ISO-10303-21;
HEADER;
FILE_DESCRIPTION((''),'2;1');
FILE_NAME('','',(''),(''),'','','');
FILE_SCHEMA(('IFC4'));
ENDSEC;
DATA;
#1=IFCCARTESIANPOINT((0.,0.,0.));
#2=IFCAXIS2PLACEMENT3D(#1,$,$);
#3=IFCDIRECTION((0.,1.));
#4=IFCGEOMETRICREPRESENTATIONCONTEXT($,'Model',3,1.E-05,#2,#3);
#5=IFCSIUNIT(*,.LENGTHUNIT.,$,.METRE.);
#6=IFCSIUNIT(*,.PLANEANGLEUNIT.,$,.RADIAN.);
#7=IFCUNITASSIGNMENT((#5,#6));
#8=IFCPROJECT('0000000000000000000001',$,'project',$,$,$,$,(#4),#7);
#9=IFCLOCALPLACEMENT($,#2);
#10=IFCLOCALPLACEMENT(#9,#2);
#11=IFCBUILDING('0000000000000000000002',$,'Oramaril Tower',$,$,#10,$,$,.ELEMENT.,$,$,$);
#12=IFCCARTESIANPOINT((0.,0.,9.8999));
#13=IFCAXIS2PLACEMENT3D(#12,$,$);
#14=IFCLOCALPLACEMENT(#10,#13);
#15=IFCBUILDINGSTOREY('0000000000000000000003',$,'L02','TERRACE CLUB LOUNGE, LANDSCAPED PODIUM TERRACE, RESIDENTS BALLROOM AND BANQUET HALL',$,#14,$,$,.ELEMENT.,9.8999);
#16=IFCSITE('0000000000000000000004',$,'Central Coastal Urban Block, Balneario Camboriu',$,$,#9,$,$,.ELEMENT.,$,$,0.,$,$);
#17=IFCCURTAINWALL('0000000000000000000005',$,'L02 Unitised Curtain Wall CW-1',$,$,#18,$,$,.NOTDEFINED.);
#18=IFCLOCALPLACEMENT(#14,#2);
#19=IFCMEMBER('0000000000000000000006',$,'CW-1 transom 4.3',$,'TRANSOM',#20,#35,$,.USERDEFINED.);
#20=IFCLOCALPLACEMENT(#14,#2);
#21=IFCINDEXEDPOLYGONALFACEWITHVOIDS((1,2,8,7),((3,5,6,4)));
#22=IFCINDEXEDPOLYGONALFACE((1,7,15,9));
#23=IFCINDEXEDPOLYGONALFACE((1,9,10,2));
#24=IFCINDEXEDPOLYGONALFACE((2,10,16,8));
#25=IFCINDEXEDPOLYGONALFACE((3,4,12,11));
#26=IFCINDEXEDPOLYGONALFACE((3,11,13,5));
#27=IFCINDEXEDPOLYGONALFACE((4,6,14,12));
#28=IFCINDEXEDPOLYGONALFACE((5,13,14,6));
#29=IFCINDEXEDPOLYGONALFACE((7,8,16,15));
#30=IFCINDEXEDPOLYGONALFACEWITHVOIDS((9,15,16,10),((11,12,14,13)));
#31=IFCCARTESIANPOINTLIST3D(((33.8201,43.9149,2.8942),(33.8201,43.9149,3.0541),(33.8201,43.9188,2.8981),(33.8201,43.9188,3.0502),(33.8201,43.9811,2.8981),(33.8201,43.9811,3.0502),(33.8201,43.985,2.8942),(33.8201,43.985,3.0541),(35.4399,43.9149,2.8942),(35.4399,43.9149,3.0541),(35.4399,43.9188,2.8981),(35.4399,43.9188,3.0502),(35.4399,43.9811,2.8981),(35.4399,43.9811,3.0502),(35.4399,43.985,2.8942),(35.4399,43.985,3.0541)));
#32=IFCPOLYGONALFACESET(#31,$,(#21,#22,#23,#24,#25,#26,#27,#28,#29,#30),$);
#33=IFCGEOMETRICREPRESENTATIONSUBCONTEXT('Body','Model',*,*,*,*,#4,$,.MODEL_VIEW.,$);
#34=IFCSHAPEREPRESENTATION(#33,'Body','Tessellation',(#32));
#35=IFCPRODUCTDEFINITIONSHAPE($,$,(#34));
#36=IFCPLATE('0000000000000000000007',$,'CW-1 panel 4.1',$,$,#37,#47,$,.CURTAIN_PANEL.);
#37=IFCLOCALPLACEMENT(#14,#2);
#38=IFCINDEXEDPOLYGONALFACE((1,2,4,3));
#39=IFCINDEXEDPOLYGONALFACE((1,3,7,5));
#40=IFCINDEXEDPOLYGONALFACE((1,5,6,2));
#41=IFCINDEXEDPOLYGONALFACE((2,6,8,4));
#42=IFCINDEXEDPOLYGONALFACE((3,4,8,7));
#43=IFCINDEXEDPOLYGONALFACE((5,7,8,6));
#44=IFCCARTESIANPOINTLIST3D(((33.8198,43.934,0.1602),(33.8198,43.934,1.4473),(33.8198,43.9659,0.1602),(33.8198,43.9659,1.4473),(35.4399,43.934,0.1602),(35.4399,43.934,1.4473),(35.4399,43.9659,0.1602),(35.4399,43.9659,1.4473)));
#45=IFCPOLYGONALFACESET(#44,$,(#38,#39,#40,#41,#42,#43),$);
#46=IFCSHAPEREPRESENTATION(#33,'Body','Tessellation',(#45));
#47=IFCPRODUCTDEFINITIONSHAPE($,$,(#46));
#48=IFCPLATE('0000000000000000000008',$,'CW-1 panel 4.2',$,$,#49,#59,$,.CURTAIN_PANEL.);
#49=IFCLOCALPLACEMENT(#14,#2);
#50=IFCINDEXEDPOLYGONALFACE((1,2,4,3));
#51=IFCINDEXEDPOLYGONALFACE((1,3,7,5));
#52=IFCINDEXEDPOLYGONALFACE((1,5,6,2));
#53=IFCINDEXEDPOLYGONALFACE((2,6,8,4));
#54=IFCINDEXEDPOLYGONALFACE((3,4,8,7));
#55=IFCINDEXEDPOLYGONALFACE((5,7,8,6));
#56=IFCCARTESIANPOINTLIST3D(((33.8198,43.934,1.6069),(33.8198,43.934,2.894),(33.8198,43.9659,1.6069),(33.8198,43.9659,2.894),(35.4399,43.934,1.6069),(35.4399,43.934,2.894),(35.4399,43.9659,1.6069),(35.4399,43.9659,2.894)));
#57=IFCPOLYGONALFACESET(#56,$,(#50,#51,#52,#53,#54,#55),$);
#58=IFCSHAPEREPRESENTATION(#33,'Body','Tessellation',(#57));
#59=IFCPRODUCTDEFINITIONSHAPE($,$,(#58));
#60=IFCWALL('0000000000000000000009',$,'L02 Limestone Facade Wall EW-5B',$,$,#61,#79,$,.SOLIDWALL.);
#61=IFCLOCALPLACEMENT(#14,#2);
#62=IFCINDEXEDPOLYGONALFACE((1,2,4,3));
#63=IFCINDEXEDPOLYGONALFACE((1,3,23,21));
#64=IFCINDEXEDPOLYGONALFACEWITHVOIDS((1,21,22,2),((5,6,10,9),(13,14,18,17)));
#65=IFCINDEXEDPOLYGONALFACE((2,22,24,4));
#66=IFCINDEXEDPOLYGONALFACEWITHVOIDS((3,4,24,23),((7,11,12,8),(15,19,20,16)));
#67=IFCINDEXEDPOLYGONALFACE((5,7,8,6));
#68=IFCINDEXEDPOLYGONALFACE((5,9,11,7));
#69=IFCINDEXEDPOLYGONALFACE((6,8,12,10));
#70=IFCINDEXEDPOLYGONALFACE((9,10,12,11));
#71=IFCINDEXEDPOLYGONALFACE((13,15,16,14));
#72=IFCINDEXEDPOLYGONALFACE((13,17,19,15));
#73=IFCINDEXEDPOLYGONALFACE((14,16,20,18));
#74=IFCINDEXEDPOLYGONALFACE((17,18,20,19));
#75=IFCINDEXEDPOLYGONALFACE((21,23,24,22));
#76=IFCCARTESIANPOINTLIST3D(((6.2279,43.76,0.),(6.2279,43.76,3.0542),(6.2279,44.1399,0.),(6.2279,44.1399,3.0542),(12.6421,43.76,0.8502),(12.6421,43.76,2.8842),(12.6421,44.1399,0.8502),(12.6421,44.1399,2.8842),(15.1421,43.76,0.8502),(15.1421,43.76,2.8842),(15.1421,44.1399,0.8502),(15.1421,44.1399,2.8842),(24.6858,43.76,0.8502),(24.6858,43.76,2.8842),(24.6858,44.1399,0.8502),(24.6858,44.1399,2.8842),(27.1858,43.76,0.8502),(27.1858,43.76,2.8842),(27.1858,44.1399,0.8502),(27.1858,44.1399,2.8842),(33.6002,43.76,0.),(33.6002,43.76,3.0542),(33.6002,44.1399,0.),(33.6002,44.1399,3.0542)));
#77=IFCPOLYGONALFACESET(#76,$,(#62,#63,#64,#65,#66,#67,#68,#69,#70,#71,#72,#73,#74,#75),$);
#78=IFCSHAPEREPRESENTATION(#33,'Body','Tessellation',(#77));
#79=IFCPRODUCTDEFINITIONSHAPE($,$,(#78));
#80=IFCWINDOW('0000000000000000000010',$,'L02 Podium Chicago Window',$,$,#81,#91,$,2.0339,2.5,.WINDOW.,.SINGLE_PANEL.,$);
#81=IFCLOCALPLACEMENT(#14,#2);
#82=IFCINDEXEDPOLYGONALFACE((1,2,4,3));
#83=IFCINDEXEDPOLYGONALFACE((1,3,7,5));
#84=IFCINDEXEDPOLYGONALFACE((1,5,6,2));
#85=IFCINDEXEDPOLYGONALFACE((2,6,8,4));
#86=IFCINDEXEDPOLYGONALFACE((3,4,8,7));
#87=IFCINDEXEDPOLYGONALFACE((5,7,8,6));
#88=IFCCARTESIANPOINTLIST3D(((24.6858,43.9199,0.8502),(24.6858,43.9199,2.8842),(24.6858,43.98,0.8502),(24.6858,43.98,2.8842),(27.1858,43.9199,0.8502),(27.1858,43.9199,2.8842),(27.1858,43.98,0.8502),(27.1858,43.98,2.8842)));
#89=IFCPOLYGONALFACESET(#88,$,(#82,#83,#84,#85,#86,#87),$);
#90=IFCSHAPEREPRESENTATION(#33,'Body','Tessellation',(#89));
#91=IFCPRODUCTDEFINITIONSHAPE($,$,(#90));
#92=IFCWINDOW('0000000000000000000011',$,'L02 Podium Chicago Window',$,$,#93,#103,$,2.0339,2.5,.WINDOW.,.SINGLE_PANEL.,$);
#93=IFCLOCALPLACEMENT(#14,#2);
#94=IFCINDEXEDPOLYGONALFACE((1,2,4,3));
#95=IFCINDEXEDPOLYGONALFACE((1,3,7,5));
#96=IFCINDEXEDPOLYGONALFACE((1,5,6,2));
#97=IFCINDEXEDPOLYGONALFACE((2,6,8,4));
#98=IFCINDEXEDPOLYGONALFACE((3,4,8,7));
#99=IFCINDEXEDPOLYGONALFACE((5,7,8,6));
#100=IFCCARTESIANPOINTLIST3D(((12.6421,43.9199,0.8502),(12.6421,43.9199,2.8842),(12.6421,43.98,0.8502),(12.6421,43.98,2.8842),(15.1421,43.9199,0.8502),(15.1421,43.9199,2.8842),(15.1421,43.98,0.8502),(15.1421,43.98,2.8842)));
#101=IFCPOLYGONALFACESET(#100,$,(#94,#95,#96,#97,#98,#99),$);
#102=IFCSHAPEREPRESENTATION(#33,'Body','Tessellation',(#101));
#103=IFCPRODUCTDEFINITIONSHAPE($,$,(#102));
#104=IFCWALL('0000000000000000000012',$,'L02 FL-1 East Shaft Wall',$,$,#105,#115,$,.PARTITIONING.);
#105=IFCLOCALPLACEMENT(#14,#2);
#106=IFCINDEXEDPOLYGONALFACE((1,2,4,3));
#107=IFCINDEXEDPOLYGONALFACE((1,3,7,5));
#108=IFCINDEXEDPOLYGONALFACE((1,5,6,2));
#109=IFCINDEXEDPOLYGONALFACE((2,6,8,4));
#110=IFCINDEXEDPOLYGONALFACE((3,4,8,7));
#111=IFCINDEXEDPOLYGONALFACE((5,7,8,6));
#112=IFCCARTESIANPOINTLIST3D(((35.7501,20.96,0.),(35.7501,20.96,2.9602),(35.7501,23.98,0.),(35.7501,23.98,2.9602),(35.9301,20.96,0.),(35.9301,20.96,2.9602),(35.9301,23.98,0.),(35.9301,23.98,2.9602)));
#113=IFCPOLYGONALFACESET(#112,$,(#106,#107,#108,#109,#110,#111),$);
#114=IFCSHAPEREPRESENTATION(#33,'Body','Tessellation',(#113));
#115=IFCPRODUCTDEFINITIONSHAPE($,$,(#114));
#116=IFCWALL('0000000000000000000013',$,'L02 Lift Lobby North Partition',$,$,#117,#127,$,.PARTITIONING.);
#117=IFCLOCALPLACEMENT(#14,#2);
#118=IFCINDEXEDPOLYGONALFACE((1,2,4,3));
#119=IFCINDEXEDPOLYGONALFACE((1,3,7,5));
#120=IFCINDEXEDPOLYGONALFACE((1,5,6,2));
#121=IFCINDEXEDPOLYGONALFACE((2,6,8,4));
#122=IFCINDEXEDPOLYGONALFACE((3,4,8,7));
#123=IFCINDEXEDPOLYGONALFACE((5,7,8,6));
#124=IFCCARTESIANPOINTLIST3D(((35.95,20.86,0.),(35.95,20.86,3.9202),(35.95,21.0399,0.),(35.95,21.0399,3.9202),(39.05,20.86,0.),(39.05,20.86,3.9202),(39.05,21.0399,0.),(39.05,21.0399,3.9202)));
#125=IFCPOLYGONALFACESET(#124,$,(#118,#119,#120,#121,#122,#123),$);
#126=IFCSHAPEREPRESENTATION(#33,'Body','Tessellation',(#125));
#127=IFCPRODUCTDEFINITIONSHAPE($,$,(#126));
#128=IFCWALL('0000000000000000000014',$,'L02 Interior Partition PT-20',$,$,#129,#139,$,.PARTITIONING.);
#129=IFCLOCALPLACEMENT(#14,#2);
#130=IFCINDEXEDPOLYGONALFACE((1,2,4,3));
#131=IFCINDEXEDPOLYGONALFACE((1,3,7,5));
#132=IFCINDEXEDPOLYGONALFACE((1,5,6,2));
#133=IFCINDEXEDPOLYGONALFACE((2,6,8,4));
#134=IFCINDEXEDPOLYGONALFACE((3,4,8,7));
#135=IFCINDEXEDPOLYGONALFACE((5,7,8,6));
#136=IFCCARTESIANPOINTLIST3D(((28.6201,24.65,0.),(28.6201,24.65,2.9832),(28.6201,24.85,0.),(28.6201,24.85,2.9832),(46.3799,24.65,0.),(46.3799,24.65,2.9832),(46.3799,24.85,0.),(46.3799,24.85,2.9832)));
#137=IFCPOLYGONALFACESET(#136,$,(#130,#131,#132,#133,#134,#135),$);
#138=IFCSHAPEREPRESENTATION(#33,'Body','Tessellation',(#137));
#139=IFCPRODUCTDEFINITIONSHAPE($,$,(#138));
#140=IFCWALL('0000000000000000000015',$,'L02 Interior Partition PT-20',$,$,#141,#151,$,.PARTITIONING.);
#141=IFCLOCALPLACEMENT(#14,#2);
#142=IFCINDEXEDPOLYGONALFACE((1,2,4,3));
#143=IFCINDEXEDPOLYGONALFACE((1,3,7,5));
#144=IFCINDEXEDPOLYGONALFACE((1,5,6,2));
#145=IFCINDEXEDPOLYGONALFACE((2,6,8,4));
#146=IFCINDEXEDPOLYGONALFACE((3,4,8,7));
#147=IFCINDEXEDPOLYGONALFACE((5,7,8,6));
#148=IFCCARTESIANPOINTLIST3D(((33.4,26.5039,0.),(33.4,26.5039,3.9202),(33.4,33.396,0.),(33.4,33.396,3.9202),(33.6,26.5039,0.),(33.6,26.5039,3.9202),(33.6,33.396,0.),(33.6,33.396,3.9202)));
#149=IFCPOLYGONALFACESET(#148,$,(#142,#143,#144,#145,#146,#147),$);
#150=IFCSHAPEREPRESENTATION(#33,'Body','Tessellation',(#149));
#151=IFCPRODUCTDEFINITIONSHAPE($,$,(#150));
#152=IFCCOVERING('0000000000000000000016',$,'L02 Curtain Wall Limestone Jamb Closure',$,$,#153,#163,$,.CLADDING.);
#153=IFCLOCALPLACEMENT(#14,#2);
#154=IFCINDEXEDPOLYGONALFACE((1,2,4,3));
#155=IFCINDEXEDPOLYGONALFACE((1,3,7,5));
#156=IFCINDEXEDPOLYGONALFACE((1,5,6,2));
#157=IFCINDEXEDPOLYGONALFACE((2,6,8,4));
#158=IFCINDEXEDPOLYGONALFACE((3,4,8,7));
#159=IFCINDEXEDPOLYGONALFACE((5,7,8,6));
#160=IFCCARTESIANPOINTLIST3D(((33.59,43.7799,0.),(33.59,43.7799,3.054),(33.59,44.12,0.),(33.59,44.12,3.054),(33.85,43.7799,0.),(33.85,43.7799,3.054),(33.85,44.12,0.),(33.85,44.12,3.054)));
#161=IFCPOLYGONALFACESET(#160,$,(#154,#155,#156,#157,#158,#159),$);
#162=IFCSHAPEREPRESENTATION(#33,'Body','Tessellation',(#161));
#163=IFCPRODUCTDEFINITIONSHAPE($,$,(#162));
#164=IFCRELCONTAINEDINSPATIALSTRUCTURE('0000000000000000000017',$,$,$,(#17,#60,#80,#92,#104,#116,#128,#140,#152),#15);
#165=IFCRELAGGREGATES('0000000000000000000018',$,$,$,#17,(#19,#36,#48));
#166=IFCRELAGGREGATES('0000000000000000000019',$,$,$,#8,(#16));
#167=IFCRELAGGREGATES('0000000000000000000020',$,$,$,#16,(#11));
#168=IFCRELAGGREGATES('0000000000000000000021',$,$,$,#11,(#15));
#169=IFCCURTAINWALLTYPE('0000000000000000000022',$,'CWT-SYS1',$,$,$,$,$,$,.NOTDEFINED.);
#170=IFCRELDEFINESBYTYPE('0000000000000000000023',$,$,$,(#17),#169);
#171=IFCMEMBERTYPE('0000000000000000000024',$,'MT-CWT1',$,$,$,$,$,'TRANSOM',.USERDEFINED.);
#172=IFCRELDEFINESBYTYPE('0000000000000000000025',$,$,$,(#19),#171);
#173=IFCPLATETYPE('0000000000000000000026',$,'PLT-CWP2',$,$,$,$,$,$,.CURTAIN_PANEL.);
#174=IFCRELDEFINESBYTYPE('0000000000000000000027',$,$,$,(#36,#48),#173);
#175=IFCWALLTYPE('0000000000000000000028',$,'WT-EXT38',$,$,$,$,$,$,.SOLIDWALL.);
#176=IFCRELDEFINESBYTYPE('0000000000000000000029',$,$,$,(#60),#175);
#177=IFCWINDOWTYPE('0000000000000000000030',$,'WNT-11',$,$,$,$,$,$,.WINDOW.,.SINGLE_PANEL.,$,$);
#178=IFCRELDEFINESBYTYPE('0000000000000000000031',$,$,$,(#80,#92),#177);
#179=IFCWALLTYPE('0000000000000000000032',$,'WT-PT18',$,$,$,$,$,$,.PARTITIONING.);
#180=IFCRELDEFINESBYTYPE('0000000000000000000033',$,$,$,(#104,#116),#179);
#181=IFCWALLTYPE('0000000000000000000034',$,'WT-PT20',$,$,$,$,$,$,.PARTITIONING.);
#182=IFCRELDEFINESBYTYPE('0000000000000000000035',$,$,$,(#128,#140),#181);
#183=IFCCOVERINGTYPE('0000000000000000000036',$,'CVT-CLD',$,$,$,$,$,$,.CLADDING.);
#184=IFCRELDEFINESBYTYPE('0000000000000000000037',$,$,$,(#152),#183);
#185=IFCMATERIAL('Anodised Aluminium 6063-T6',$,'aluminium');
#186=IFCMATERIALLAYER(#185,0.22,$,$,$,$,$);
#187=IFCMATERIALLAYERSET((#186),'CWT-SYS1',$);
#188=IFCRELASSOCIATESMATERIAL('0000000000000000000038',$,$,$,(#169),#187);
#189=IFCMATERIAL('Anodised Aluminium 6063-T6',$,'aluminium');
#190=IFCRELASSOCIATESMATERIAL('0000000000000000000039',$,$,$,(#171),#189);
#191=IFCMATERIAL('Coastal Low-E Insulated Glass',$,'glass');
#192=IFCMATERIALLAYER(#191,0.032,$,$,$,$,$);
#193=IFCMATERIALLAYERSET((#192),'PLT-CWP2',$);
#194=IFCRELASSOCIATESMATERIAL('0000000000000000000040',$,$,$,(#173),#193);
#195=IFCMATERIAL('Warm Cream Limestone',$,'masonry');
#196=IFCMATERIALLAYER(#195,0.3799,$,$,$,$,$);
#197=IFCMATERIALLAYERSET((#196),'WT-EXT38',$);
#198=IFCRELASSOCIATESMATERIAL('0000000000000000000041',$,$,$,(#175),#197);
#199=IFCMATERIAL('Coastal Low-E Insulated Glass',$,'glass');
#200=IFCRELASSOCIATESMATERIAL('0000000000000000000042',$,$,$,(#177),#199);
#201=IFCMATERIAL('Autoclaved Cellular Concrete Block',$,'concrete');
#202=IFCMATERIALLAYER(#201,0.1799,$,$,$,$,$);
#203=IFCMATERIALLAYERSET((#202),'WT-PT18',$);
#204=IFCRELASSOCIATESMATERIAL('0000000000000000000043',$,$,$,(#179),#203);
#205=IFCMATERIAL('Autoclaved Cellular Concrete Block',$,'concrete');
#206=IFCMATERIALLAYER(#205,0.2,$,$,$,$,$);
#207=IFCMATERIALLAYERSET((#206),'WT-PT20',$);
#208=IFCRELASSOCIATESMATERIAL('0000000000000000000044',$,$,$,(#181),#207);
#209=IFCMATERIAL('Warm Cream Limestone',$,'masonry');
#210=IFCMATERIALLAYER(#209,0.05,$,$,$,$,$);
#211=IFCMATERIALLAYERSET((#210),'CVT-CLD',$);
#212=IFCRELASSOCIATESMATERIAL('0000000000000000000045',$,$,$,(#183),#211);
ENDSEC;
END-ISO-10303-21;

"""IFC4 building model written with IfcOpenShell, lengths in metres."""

from ifc_helpers import new_model, si_unit, direction, frame, frame_2d, origin, origin_2d, place, context, subcontext, project, spatial, rectangle, hollow_rectangle, extrude, material, layer, layer_set, material_profile, profile_set, type_object, element, fill, aggregate, save


model = new_model("IFC4")

# Units and contexts
model_context = context("Model", 3, precision=1e-05, world=origin(), true_north=direction((0.0, 1.0)))
body_context = subcontext(model_context, "Body", "Model", "MODEL_VIEW")
ifc_project = project(units=[si_unit("LENGTHUNIT", "METRE"), si_unit("PLANEANGLEUNIT", "RADIAN")], contexts=[model_context])

# Site, building, storey
site_placement = place(None, origin())
site = spatial("IfcSite", under=ifc_project, at=site_placement, Name="Central Coastal Urban Block, Balneario Camboriu", CompositionType="ELEMENT", RefElevation=0.0)
building_placement = place(site_placement, origin())
building = spatial("IfcBuilding", under=site, at=building_placement, Name="Oramaril Tower", CompositionType="ELEMENT")
storey_placement = place(building_placement, frame((0.0, 0.0, 9.8999)))
storey = spatial("IfcBuildingStorey", under=building, at=storey_placement, Name="L02", Description="TERRACE CLUB LOUNGE, LANDSCAPED PODIUM TERRACE, RESIDENTS BALLROOM AND BANQUET HALL", CompositionType="ELEMENT", Elevation=9.8999)

# Curtain wall, member, plates
ifc_material_1 = material(Name="Anodised Aluminium 6063-T6", Category="aluminium")
ifc_layer_1 = layer(ifc_material_1, 0.22)
ifc_layer_set_1 = layer_set([ifc_layer_1], Name="CWT-SYS1")
curtain_wall_type = type_object("IfcCurtainWallType", Name="CWT-SYS1", PredefinedType="NOTDEFINED", material=ifc_layer_set_1)
curtain_wall_placement = place(storey_placement, origin())
curtain_wall = element("IfcCurtainWall", 1, at=curtain_wall_placement, inside=storey, type_object=curtain_wall_type, Name="L02 Unitised Curtain Wall CW-1", PredefinedType="NOTDEFINED")
ifc_material_2 = material(Name="Anodised Aluminium 6063-T6", Category="aluminium")
ifc_material_profile_1 = material_profile(ifc_material_2, hollow_rectangle(XDim=0.0701, YDim=0.1599, WallThickness=0.0039, at=origin_2d()), Name="CWT160X70")
ifc_profile_set_1 = profile_set([ifc_material_profile_1], Name="Anodised Aluminium 6063-T6")
member_type_1 = type_object("IfcMemberType", Name="MT-CWT1", ElementType="TRANSOM", PredefinedType="USERDEFINED", material=ifc_profile_set_1)
member_1_placement = place(storey_placement, frame((35.4399, 43.95, 2.9741), z_axis=(-1.0, 0.0, 0.0), x_axis=(0.0, -1.0, 0.0)))
member_1 = element("IfcMember", 2, at=member_1_placement, type_object=member_type_1, Name="CW-1 transom 4.3", ObjectType="TRANSOM", PredefinedType="USERDEFINED", context=body_context, shape_type="SweptSolid", body=[
    extrude(hollow_rectangle(XDim=0.0701, YDim=0.1599, WallThickness=0.0039, at=origin_2d()), origin(), (0.0, 0.0, 1.0), 1.6199),
])
ifc_material_3 = material(Name="Coastal Low-E Insulated Glass", Category="glass")
ifc_layer_2 = layer(ifc_material_3, 0.032)
ifc_layer_set_2 = layer_set([ifc_layer_2], Name="PLT-CWP2")
plate_type = type_object("IfcPlateType", Name="PLT-CWP2", PredefinedType="CURTAIN_PANEL", material=ifc_layer_set_2)
plate_1_placement = place(storey_placement, frame((34.6299, 43.95, 0.1602), z_axis=(0.0, 0.0, 1.0), x_axis=(-1.0, 0.0, 0.0)))
plate_1 = element("IfcPlate", 3, at=plate_1_placement, type_object=plate_type, Name="CW-1 panel 4.1", PredefinedType="CURTAIN_PANEL", context=body_context, shape_type="SweptSolid", body=[
    extrude(rectangle(XDim=1.6201, YDim=0.032, at=origin_2d()), origin(), (0.0, 0.0, 1.0), 1.2871),
])
plate_2_placement = place(storey_placement, frame((34.6299, 43.95, 1.6069), z_axis=(0.0, 0.0, 1.0), x_axis=(-1.0, 0.0, 0.0)))
plate_2 = element("IfcPlate", 4, at=plate_2_placement, type_object=plate_type, Name="CW-1 panel 4.2", PredefinedType="CURTAIN_PANEL", context=body_context, shape_type="SweptSolid", body=[
    extrude(rectangle(XDim=1.6201, YDim=0.032, at=origin_2d()), origin(), (0.0, 0.0, 1.0), 1.2871),
])
aggregate(curtain_wall, [member_1, plate_1, plate_2])

# Wall, openings, windows
ifc_material_4 = material(Name="Warm Cream Limestone", Category="masonry")
ifc_layer_3 = layer(ifc_material_4, 0.3799)
ifc_layer_set_3 = layer_set([ifc_layer_3], Name="WT-EXT38")
wall_type_1 = type_object("IfcWallType", Name="WT-EXT38", PredefinedType="SOLIDWALL", material=ifc_layer_set_3)
wall_1_placement = place(storey_placement, frame((33.6001, 43.95, 0.0), z_axis=(0.0, 0.0, 1.0), x_axis=(-1.0, 0.0, 0.0)))
wall_1 = element("IfcWall", 5, at=wall_1_placement, inside=storey, type_object=wall_type_1, Name="L02 Limestone Facade Wall EW-5B", PredefinedType="SOLIDWALL", context=body_context, shape_type="SweptSolid", body=[
    extrude(rectangle(XDim=27.3723, YDim=0.3799, at=frame_2d((13.686, 0.0))), origin(), (0.0, 0.0, 1.0), 3.0542),
])
opening_1_placement = place(wall_1_placement, frame((6.4143, 0.0, 0.8501)))
opening_1 = element("IfcOpeningElement", 6, at=opening_1_placement, cuts=wall_1, PredefinedType="OPENING", context=body_context, shape_type="SweptSolid", body=[
    extrude(rectangle(XDim=2.5, YDim=2.0339, at=frame_2d((1.25, 1.0171))), frame((0.0, 0.1899, 0.0), z_axis=(0.0, -1.0, 0.0), x_axis=(1.0, 0.0, 0.0)), (0.0, 0.0, 1.0), 0.3799),
])
opening_2_placement = place(wall_1_placement, frame((18.458, 0.0, 0.8501)))
opening_2 = element("IfcOpeningElement", 7, at=opening_2_placement, cuts=wall_1, PredefinedType="OPENING", context=body_context, shape_type="SweptSolid", body=[
    extrude(rectangle(XDim=2.5, YDim=2.0339, at=frame_2d((1.25, 1.0171))), frame((0.0, 0.1899, 0.0), z_axis=(0.0, -1.0, 0.0), x_axis=(1.0, 0.0, 0.0)), (0.0, 0.0, 1.0), 0.3799),
])
ifc_material_5 = material(Name="Coastal Low-E Insulated Glass", Category="glass")
window_type = type_object("IfcWindowType", Name="WNT-11", PartitioningType="SINGLE_PANEL", PredefinedType="WINDOW", material=ifc_material_5)
window_1_placement = place(opening_1_placement, origin())
window_1 = element("IfcWindow", 8, at=window_1_placement, inside=storey, type_object=window_type, Name="L02 Podium Chicago Window", OverallHeight=2.0339, OverallWidth=2.5, PartitioningType="SINGLE_PANEL", PredefinedType="WINDOW", context=body_context, shape_type="SweptSolid", body=[
    extrude(rectangle(XDim=2.5, YDim=2.0339, at=frame_2d((1.25, 1.0171))), frame((0.0, 0.03, 0.0), z_axis=(0.0, -1.0, 0.0), x_axis=(1.0, 0.0, 0.0)), (0.0, 0.0, 1.0), 0.0601),
])
fill(opening_1, window_1)
window_2_placement = place(opening_2_placement, origin())
window_2 = element("IfcWindow", 9, at=window_2_placement, inside=storey, type_object=window_type, Name="L02 Podium Chicago Window", OverallHeight=2.0339, OverallWidth=2.5, PartitioningType="SINGLE_PANEL", PredefinedType="WINDOW", context=body_context, shape_type="SweptSolid", body=[
    extrude(rectangle(XDim=2.5, YDim=2.0339, at=frame_2d((1.25, 1.0171))), frame((0.0, 0.03, 0.0), z_axis=(0.0, -1.0, 0.0), x_axis=(1.0, 0.0, 0.0)), (0.0, 0.0, 1.0), 0.0601),
])
fill(opening_2, window_2)

# Walls
ifc_material_6 = material(Name="Autoclaved Cellular Concrete Block", Category="concrete")
ifc_layer_4 = layer(ifc_material_6, 0.1799)
ifc_layer_set_4 = layer_set([ifc_layer_4], Name="WT-PT18")
wall_type_2 = type_object("IfcWallType", Name="WT-PT18", PredefinedType="PARTITIONING", material=ifc_layer_set_4)
wall_2_placement = place(storey_placement, frame((35.8401, 20.96, 0.0), z_axis=(0.0, 0.0, 1.0), x_axis=(0.0, 1.0, 0.0)))
element("IfcWall", 10, at=wall_2_placement, inside=storey, type_object=wall_type_2, Name="L02 FL-1 East Shaft Wall", PredefinedType="PARTITIONING", context=body_context, shape_type="SweptSolid", body=[
    extrude(rectangle(XDim=3.02, YDim=0.1799, at=frame_2d((1.51, 0.0))), origin(), (0.0, 0.0, 1.0), 2.9602),
])
wall_3_placement = place(storey_placement, frame((35.95, 20.95, 0.0), z_axis=(0.0, 0.0, 1.0), x_axis=(1.0, 0.0, 0.0)))
element("IfcWall", 11, at=wall_3_placement, inside=storey, type_object=wall_type_2, Name="L02 Lift Lobby North Partition", PredefinedType="PARTITIONING", context=body_context, shape_type="SweptSolid", body=[
    extrude(rectangle(XDim=3.1001, YDim=0.1799, at=frame_2d((1.55, 0.0))), origin(), (0.0, 0.0, 1.0), 3.9202),
])
ifc_material_7 = material(Name="Autoclaved Cellular Concrete Block", Category="concrete")
ifc_layer_5 = layer(ifc_material_7, 0.2)
ifc_layer_set_5 = layer_set([ifc_layer_5], Name="WT-PT20")
wall_type_3 = type_object("IfcWallType", Name="WT-PT20", PredefinedType="PARTITIONING", material=ifc_layer_set_5)
wall_4_placement = place(storey_placement, frame((28.6201, 24.75, 0.0), z_axis=(0.0, 0.0, 1.0), x_axis=(1.0, 0.0, 0.0)))
element("IfcWall", 12, at=wall_4_placement, inside=storey, type_object=wall_type_3, Name="L02 Interior Partition PT-20", PredefinedType="PARTITIONING", context=body_context, shape_type="SweptSolid", body=[
    extrude(rectangle(XDim=17.7598, YDim=0.2, at=frame_2d((8.8799, 0.0))), origin(), (0.0, 0.0, 1.0), 2.9832),
])
wall_5_placement = place(storey_placement, frame((33.5, 26.5039, 0.0), z_axis=(0.0, 0.0, 1.0), x_axis=(0.0, 1.0, 0.0)))
element("IfcWall", 13, at=wall_5_placement, inside=storey, type_object=wall_type_3, Name="L02 Interior Partition PT-20", PredefinedType="PARTITIONING", context=body_context, shape_type="SweptSolid", body=[
    extrude(rectangle(XDim=6.8921, YDim=0.2, at=frame_2d((3.446, 0.0))), origin(), (0.0, 0.0, 1.0), 3.9202),
])

# Covering
ifc_material_8 = material(Name="Warm Cream Limestone", Category="masonry")
ifc_layer_6 = layer(ifc_material_8, 0.05)
ifc_layer_set_6 = layer_set([ifc_layer_6], Name="CVT-CLD")
covering_type = type_object("IfcCoveringType", Name="CVT-CLD", PredefinedType="CLADDING", material=ifc_layer_set_6)
covering_placement = place(storey_placement, frame((33.72, 43.95, 0.0), z_axis=(0.0, 0.0, 1.0), x_axis=(-1.0, 0.0, 0.0)))
element("IfcCovering", 14, at=covering_placement, inside=storey, type_object=covering_type, Name="L02 Curtain Wall Limestone Jamb Closure", PredefinedType="CLADDING", context=body_context, shape_type="SweptSolid", body=[
    extrude(rectangle(XDim=0.26, YDim=0.3401, at=origin_2d()), origin(), (0.0, 0.0, 1.0), 3.054),
])

save(model, "model.ifc")
